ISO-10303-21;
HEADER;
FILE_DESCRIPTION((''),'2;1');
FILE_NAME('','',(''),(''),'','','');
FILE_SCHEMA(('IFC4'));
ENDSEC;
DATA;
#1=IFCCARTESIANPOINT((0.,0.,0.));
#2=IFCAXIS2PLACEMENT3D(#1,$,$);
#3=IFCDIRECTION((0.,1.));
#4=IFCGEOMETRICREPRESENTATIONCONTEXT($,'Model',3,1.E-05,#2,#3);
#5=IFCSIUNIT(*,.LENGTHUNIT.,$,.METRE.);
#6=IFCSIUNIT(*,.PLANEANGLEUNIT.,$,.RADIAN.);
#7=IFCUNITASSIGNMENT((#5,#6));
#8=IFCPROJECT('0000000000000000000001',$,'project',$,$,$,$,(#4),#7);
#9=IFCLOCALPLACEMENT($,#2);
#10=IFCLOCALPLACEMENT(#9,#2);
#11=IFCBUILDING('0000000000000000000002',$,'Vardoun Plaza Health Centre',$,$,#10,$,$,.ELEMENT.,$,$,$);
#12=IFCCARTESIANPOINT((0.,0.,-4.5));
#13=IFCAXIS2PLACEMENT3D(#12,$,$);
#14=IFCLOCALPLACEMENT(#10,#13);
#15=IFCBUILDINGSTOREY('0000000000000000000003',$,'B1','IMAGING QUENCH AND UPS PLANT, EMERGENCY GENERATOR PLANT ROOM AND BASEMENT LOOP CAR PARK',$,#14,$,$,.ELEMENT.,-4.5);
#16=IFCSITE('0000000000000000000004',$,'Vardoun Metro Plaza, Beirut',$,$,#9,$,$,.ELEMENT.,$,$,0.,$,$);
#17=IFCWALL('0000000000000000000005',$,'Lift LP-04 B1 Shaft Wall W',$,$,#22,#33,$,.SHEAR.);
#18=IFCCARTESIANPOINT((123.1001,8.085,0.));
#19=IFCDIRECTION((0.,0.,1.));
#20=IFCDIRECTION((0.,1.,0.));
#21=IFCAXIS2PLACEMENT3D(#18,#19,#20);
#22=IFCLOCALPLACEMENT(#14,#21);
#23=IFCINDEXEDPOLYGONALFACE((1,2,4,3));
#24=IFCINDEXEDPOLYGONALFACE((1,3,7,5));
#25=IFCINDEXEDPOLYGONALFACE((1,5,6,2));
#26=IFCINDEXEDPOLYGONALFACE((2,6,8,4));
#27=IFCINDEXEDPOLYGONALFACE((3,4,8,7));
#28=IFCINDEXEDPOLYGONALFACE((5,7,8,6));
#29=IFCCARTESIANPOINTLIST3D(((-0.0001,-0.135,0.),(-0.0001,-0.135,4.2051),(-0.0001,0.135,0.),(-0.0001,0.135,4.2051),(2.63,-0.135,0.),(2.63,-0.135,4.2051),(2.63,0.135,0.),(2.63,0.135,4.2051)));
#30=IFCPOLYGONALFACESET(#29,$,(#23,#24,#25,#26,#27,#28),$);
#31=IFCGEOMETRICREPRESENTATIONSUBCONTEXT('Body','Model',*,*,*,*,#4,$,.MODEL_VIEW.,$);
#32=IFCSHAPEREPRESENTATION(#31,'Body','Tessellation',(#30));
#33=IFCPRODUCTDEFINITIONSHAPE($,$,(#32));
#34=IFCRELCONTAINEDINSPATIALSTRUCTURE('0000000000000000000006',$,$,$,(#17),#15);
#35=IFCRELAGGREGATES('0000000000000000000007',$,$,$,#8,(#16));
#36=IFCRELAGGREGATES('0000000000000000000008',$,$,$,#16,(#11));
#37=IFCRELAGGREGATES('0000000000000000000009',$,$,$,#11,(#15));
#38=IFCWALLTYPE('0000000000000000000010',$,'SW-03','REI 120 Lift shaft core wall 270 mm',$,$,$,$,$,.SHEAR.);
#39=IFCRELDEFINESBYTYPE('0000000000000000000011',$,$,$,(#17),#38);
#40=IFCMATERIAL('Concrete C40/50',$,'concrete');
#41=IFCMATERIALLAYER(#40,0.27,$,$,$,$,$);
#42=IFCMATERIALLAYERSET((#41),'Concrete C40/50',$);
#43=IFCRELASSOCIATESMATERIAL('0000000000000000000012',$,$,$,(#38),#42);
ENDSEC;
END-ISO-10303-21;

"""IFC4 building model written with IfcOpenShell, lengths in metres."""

from ifc_helpers import new_model, si_unit, direction, frame, frame_2d, origin, place, context, subcontext, project, spatial, rectangle, extrude, material, layer, layer_set, type_object, element, save


model = new_model("IFC4")

# Units and contexts
model_context = context("Model", 3, precision=1e-05, world=origin(), true_north=direction((0.0, 1.0)))
body_context = subcontext(model_context, "Body", "Model", "MODEL_VIEW")
ifc_project = project(units=[si_unit("LENGTHUNIT", "METRE"), si_unit("PLANEANGLEUNIT", "RADIAN")], contexts=[model_context])

# Site, building, storey
site_placement = place(None, origin())
site = spatial("IfcSite", under=ifc_project, at=site_placement, Name="Vardoun Metro Plaza, Beirut", CompositionType="ELEMENT", RefElevation=0.0)
building_placement = place(site_placement, origin())
building = spatial("IfcBuilding", under=site, at=building_placement, Name="Vardoun Plaza Health Centre", CompositionType="ELEMENT")
storey_placement = place(building_placement, frame((0.0, 0.0, -4.5)))
storey = spatial("IfcBuildingStorey", under=building, at=storey_placement, Name="B1", Description="IMAGING QUENCH AND UPS PLANT, EMERGENCY GENERATOR PLANT ROOM AND BASEMENT LOOP CAR PARK", CompositionType="ELEMENT", Elevation=-4.5)

# Wall
ifc_material_1 = material(Name="Concrete C40/50", Category="concrete")
ifc_layer_1 = layer(ifc_material_1, 0.27)
ifc_layer_set_1 = layer_set([ifc_layer_1], Name="Concrete C40/50")
wall_type_1 = type_object("IfcWallType", Name="SW-03", Description="REI 120 Lift shaft core wall 270 mm", PredefinedType="SHEAR", material=ifc_layer_set_1)
wall_1_placement = place(storey_placement, frame((123.1001, 8.085, 0.0), z_axis=(0.0, 0.0, 1.0), x_axis=(0.0, 1.0, 0.0)))
element("IfcWall", 1, at=wall_1_placement, inside=storey, type_object=wall_type_1, Name="Lift LP-04 B1 Shaft Wall W", PredefinedType="SHEAR", context=body_context, shape_type="SweptSolid", body=[
    extrude(rectangle(XDim=2.6301, YDim=0.27, at=frame_2d((1.3149, 0.0))), origin(), (0.0, 0.0, 1.0), 4.2051),
])

save(model, "model.ifc")
